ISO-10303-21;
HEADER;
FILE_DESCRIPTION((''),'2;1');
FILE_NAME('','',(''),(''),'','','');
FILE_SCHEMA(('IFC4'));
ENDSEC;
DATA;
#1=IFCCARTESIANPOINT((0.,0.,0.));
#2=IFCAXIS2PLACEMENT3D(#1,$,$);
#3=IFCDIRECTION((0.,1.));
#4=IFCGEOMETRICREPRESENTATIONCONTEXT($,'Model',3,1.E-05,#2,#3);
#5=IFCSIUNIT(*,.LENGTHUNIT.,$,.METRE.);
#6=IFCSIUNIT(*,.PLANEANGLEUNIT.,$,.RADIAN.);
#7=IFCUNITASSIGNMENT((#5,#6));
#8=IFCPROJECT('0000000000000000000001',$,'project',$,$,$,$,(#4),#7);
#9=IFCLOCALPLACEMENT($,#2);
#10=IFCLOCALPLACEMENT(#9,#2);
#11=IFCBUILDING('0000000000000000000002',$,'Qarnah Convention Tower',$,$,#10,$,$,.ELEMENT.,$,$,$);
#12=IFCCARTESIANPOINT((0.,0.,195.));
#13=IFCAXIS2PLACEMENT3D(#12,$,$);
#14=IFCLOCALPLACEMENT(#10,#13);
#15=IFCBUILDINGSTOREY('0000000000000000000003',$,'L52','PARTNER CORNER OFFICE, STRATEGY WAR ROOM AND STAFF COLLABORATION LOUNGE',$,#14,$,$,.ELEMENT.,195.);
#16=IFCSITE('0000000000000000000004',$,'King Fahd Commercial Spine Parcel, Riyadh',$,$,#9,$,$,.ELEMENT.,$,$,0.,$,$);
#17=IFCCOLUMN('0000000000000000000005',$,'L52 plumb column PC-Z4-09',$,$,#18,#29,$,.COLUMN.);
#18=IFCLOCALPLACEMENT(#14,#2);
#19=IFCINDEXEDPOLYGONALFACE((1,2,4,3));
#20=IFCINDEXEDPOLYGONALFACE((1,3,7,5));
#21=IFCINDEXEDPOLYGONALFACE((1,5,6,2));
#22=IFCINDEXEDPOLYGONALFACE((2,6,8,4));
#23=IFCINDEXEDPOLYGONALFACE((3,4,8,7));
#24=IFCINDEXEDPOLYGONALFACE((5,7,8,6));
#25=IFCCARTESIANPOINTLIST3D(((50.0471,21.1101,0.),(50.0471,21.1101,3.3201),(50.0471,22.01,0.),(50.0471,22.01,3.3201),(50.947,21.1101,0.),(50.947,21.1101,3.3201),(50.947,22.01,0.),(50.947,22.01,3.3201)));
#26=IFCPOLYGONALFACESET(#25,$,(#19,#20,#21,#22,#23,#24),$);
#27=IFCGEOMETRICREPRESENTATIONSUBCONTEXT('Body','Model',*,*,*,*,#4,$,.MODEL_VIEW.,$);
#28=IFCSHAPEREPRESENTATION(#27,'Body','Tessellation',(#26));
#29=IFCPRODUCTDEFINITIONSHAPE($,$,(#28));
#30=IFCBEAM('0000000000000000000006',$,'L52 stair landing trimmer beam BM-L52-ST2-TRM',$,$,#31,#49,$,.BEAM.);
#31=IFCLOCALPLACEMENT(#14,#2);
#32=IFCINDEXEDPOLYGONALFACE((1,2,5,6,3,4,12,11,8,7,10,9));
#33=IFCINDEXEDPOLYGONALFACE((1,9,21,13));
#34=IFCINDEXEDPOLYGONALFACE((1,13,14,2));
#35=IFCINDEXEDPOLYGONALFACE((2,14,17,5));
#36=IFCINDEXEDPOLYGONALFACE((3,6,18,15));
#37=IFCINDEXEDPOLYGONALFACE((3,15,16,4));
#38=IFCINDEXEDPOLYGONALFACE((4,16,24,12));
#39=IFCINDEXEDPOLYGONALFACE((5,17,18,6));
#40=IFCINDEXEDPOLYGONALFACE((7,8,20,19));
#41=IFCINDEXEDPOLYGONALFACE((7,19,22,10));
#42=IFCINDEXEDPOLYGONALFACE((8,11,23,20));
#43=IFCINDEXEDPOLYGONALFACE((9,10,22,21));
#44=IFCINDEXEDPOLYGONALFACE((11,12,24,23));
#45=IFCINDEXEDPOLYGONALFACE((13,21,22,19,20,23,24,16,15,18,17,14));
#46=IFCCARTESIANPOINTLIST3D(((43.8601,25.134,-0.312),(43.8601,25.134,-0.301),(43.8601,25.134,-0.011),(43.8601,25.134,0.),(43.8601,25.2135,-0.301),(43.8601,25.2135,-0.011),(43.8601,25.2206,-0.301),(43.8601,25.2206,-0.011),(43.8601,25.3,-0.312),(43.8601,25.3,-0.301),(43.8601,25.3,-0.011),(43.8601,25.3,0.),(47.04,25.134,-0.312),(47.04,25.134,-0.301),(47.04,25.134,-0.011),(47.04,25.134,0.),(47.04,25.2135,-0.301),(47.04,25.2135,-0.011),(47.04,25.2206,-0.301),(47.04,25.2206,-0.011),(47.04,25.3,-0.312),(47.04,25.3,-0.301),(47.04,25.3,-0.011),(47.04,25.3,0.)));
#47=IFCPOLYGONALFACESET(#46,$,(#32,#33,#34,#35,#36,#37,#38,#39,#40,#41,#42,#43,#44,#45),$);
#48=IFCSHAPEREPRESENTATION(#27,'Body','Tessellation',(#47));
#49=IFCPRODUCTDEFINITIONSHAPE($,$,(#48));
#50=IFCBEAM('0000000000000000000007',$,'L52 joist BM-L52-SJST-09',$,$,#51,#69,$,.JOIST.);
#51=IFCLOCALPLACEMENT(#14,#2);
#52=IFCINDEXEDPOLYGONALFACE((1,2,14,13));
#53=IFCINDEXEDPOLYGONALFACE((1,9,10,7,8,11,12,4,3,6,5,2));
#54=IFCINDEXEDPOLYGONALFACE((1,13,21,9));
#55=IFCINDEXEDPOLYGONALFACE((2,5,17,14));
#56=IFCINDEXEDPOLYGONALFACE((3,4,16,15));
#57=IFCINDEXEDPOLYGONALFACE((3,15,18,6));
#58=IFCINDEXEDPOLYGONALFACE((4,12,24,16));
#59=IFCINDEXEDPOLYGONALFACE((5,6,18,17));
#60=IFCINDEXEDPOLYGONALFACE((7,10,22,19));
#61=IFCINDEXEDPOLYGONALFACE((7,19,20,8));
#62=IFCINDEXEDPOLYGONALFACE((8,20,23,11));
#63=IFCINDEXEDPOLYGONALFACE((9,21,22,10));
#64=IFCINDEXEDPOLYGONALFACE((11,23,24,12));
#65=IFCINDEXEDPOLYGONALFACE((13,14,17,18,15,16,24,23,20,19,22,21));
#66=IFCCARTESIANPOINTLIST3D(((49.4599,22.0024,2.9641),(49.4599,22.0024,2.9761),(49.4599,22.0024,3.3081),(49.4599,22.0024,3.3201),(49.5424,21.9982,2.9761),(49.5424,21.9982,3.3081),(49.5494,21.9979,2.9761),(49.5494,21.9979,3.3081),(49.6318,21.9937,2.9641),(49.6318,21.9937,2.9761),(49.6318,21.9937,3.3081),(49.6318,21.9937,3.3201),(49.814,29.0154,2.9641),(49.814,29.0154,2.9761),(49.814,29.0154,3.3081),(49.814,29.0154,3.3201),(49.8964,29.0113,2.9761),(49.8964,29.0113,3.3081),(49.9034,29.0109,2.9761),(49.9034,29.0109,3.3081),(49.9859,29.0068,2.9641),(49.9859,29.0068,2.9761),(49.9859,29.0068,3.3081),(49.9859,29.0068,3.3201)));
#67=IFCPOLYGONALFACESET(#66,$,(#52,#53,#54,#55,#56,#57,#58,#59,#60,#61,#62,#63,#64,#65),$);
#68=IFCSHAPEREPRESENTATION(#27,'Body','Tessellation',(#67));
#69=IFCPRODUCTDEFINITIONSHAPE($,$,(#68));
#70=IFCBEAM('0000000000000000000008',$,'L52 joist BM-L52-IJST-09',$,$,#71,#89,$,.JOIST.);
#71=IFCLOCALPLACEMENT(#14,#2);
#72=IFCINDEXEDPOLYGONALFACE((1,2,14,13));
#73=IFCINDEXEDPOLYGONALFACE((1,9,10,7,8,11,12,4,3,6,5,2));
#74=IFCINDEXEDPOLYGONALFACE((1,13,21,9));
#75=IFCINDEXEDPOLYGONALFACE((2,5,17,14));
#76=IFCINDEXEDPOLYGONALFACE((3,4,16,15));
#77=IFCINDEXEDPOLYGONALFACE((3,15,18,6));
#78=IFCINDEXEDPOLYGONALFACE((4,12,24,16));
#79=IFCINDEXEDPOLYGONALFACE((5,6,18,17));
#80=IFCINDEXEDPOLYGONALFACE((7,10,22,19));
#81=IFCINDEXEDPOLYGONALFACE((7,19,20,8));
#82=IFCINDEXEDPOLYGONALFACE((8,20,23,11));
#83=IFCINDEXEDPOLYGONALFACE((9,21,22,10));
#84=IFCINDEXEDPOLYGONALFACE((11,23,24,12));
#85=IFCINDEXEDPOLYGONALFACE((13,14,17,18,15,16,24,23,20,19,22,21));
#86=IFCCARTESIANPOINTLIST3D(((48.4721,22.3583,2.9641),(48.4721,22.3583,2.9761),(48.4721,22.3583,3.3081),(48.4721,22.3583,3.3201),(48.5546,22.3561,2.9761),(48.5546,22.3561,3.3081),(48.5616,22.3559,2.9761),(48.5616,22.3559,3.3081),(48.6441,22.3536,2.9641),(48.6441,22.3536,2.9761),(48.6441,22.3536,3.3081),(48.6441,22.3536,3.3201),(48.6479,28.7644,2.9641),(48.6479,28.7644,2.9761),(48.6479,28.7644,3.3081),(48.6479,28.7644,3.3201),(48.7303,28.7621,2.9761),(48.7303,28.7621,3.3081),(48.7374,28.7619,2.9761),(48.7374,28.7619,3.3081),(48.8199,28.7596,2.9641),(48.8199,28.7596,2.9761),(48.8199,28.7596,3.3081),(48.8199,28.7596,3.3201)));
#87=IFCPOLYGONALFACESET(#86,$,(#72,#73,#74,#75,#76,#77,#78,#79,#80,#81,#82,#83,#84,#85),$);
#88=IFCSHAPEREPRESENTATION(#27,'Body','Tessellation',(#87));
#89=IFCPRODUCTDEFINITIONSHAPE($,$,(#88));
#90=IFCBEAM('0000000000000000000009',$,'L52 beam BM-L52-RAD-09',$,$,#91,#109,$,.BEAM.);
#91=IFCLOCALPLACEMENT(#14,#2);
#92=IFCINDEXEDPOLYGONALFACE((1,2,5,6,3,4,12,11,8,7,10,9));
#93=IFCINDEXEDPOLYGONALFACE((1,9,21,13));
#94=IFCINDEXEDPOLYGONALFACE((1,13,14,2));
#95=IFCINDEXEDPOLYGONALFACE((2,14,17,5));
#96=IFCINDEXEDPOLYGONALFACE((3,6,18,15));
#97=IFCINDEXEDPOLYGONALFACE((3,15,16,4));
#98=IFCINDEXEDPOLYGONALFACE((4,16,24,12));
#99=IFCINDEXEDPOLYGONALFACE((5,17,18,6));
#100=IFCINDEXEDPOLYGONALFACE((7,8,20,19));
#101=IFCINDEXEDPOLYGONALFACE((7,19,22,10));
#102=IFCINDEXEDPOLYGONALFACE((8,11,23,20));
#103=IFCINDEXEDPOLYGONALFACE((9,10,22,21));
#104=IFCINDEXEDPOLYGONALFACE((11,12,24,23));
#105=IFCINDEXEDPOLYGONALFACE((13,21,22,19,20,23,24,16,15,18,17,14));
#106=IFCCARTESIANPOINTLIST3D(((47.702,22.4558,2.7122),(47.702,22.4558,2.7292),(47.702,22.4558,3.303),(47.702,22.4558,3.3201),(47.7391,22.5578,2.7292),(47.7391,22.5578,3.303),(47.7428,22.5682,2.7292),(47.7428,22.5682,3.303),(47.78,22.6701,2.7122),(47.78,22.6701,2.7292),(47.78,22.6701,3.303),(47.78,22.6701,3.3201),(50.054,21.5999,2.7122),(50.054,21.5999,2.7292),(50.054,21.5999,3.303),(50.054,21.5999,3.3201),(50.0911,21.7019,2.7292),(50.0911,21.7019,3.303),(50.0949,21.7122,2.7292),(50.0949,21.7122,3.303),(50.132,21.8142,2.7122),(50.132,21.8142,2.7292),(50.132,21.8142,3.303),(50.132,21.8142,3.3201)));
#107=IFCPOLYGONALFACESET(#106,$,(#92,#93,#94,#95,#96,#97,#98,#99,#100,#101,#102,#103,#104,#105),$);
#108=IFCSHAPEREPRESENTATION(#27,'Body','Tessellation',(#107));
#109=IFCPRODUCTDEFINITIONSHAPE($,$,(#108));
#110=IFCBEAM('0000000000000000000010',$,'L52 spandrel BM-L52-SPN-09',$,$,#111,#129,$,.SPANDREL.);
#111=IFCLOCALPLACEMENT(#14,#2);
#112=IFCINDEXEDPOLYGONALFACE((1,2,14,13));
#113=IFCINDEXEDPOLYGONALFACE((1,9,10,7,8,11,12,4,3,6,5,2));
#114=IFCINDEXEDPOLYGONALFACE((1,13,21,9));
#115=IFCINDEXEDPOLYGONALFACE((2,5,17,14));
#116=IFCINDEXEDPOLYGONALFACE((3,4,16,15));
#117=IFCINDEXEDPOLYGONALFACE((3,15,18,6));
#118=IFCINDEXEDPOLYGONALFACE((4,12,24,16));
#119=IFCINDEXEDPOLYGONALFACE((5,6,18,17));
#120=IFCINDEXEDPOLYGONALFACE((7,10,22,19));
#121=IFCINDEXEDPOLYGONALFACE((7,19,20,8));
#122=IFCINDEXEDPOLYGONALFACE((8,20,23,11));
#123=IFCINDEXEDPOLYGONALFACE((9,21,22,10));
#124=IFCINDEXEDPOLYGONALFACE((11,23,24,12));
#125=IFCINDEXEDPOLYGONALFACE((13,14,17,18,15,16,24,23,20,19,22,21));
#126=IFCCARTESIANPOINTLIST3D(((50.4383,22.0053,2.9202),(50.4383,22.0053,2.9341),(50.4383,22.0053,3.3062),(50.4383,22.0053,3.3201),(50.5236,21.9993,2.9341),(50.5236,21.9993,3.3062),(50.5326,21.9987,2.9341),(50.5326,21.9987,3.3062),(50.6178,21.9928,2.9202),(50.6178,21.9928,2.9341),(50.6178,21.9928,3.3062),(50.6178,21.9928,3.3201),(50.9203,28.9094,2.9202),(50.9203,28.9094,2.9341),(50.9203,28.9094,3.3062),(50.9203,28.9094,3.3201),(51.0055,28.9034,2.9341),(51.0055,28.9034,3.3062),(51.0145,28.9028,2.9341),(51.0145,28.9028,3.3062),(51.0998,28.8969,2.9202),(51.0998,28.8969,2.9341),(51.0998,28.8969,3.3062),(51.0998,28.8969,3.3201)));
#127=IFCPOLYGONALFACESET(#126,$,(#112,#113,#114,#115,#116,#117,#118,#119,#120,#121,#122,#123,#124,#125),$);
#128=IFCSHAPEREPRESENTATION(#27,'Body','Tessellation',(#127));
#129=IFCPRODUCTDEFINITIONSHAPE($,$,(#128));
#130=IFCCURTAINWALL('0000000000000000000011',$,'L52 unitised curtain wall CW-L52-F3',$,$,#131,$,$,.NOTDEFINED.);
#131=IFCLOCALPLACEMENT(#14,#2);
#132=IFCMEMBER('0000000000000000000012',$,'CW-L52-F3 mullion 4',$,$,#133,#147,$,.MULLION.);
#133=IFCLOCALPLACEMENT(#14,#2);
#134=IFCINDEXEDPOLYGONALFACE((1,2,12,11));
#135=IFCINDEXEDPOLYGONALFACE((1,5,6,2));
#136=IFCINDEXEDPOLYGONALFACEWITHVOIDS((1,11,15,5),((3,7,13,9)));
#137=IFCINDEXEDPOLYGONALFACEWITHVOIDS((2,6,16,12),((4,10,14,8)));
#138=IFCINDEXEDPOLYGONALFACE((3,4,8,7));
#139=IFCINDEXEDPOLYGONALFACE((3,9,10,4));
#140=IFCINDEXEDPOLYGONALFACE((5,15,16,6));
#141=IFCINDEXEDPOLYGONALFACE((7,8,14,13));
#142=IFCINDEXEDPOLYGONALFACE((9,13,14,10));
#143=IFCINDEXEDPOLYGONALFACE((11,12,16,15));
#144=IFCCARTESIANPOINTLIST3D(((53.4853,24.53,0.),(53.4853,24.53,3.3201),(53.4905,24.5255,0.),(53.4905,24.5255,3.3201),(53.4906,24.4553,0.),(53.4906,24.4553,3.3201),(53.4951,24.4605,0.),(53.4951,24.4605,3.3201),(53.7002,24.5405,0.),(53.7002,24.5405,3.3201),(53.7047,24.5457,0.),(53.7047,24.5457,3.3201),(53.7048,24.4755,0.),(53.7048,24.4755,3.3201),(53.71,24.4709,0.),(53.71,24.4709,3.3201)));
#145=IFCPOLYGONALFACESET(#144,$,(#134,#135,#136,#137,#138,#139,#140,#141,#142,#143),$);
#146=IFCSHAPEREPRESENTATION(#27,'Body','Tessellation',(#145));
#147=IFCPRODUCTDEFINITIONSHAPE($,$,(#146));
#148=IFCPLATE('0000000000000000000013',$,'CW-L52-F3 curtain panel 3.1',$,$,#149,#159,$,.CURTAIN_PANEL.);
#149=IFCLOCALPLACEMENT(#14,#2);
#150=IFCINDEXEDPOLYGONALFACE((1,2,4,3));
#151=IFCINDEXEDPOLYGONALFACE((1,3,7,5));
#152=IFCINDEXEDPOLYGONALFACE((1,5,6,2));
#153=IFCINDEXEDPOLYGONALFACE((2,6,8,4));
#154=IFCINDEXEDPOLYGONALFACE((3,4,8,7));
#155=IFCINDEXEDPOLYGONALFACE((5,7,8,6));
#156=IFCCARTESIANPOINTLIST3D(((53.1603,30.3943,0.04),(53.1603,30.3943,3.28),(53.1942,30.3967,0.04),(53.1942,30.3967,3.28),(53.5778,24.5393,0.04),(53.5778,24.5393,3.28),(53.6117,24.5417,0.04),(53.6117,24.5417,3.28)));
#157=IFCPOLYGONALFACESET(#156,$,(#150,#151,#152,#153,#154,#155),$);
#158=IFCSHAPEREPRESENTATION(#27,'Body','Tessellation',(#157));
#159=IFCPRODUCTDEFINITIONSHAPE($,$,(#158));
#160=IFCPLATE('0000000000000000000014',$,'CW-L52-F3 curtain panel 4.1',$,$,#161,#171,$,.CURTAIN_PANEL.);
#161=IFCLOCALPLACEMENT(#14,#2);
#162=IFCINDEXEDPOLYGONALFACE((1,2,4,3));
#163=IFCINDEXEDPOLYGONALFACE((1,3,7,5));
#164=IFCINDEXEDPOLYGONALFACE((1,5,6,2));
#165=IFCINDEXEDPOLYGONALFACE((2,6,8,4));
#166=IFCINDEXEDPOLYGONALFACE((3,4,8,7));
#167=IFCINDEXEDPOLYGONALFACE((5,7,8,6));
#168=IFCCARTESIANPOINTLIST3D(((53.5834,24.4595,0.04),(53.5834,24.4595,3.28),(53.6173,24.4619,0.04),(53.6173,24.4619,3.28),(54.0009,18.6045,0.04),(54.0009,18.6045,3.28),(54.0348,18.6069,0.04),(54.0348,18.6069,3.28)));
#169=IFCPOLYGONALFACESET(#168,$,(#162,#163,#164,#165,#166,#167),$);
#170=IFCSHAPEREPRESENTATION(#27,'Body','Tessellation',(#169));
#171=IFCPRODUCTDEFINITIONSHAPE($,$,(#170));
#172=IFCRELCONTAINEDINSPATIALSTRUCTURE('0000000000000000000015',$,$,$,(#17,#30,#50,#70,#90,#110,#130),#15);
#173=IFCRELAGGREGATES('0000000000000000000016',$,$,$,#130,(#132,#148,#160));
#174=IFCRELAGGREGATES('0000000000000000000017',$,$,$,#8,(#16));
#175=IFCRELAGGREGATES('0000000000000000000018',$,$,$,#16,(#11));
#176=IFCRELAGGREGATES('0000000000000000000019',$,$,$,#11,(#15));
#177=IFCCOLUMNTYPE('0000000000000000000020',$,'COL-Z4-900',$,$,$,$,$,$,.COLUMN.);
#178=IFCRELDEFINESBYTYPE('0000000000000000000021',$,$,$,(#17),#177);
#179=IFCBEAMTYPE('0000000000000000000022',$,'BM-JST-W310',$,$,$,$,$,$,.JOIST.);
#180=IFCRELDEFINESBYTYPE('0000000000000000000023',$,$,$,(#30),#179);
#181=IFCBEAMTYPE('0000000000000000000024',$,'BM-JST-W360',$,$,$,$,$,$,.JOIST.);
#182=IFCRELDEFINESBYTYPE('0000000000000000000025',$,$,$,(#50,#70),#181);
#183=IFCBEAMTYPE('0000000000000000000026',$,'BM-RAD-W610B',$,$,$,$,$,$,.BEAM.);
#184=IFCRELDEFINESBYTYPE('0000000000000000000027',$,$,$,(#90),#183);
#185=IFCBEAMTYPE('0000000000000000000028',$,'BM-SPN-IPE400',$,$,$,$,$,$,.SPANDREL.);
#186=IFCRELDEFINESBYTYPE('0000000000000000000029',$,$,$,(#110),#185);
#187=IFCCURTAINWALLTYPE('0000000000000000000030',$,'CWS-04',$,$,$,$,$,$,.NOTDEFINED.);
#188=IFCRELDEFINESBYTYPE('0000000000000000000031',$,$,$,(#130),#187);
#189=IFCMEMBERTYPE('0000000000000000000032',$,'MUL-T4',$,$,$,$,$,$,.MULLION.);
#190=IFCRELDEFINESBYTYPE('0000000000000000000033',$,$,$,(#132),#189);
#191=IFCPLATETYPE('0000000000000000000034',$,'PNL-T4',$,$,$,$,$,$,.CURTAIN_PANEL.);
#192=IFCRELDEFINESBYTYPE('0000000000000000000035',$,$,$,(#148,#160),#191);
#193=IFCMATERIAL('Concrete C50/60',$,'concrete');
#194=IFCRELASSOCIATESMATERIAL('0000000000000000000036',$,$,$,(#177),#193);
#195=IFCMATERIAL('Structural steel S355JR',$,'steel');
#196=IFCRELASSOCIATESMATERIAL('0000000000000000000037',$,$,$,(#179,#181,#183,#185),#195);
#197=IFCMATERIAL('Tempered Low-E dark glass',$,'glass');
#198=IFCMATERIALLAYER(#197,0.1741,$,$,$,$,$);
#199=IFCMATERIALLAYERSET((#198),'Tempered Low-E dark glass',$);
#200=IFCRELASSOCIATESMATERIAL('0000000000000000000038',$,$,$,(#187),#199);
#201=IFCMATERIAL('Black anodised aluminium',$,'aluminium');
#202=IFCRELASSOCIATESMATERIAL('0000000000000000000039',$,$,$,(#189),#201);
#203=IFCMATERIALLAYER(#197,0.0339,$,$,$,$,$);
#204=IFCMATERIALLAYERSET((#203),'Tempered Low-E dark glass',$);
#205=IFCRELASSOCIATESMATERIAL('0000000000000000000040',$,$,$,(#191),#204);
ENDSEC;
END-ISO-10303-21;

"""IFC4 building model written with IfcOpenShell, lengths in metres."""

from ifc_helpers import new_model, si_unit, direction, frame, origin, origin_2d, place, context, subcontext, project, spatial, rectangle, hollow_rectangle, i_section, extrude, material, layer, layer_set, material_profile, profile_set, type_object, element, aggregate, save


model = new_model("IFC4")

# Units and contexts
model_context = context("Model", 3, precision=1e-05, world=origin(), true_north=direction((0.0, 1.0)))
body_context = subcontext(model_context, "Body", "Model", "MODEL_VIEW")
ifc_project = project(units=[si_unit("LENGTHUNIT", "METRE"), si_unit("PLANEANGLEUNIT", "RADIAN")], contexts=[model_context])

# Site, building, storey
site_placement = place(None, origin())
site = spatial("IfcSite", under=ifc_project, at=site_placement, Name="King Fahd Commercial Spine Parcel, Riyadh", CompositionType="ELEMENT", RefElevation=0.0)
building_placement = place(site_placement, origin())
building = spatial("IfcBuilding", under=site, at=building_placement, Name="Qarnah Convention Tower", CompositionType="ELEMENT")
storey_placement = place(building_placement, frame((0.0, 0.0, 195.0)))
storey = spatial("IfcBuildingStorey", under=building, at=storey_placement, Name="L52", Description="PARTNER CORNER OFFICE, STRATEGY WAR ROOM AND STAFF COLLABORATION LOUNGE", CompositionType="ELEMENT", Elevation=195.0)

# Column
ifc_material_1 = material(Name="Concrete C50/60", Category="concrete")
ifc_material_profile_1 = material_profile(ifc_material_1, rectangle(XDim=0.8999, YDim=0.8999, at=origin_2d()), Name="RC-COL-900X900")
ifc_profile_set_1 = profile_set([ifc_material_profile_1], Name="Concrete C50/60")
column_type = type_object("IfcColumnType", Name="COL-Z4-900", PredefinedType="COLUMN", material=ifc_profile_set_1)
column_placement = place(storey_placement, frame((50.4971, 21.5601, 0.0), z_axis=(0.0, 0.0, 1.0), x_axis=(1.0, 0.0, 0.0)))
element("IfcColumn", 1, at=column_placement, inside=storey, type_object=column_type, Name="L52 plumb column PC-Z4-09", PredefinedType="COLUMN", context=body_context, shape_type="SweptSolid", body=[
    extrude(rectangle(XDim=0.8999, YDim=0.8999, at=origin_2d()), origin(), (0.0, 0.0, 1.0), 3.3201),
])

# Beams
ifc_material_2 = material(Name="Structural steel S355JR", Category="steel")
ifc_material_profile_2 = material_profile(ifc_material_2, i_section(OverallWidth=0.166, OverallDepth=0.312, WebThickness=0.0071, FlangeThickness=0.011, at=origin_2d()), Name="W310X45")
ifc_profile_set_2 = profile_set([ifc_material_profile_2], Name="Structural steel S355JR")
beam_type_1 = type_object("IfcBeamType", Name="BM-JST-W310", PredefinedType="JOIST", material=ifc_profile_set_2)
beam_1_placement = place(storey_placement, frame((43.8601, 25.217, -0.156), z_axis=(1.0, 0.0, 0.0), x_axis=(0.0, 1.0, 0.0)))
element("IfcBeam", 2, at=beam_1_placement, inside=storey, type_object=beam_type_1, Name="L52 stair landing trimmer beam BM-L52-ST2-TRM", PredefinedType="BEAM", context=body_context, shape_type="SweptSolid", body=[
    extrude(i_section(OverallWidth=0.166, OverallDepth=0.312, WebThickness=0.0071, FlangeThickness=0.011, at=origin_2d()), origin(), (0.0, 0.0, 1.0), 3.1799),
])
ifc_material_profile_3 = material_profile(ifc_material_2, i_section(OverallWidth=0.1721, OverallDepth=0.356, WebThickness=0.0071, FlangeThickness=0.012, at=origin_2d()), Name="W360X51")
ifc_profile_set_3 = profile_set([ifc_material_profile_3], Name="Structural steel S355JR")
beam_type_2 = type_object("IfcBeamType", Name="BM-JST-W360", PredefinedType="JOIST", material=ifc_profile_set_3)
beam_2_placement = place(storey_placement, frame((49.5459, 21.998, 3.1421), z_axis=(0.050414, 0.998728, 0.0), x_axis=(-0.998728, 0.050414, 0.0)))
element("IfcBeam", 3, at=beam_2_placement, inside=storey, type_object=beam_type_2, Name="L52 joist BM-L52-SJST-09", PredefinedType="JOIST", context=body_context, shape_type="SweptSolid", body=[
    extrude(i_section(OverallWidth=0.1721, OverallDepth=0.356, WebThickness=0.0071, FlangeThickness=0.012, at=origin_2d()), origin(), (0.0, 0.0, 1.0), 7.022),
])
beam_3_placement = place(storey_placement, frame((48.5581, 22.356, 3.1421), z_axis=(0.02743, 0.999624, 0.0), x_axis=(-0.999624, 0.02743, 0.0)))
element("IfcBeam", 4, at=beam_3_placement, inside=storey, type_object=beam_type_2, Name="L52 joist BM-L52-IJST-09", PredefinedType="JOIST", context=body_context, shape_type="SweptSolid", body=[
    extrude(i_section(OverallWidth=0.1721, OverallDepth=0.356, WebThickness=0.0071, FlangeThickness=0.012, at=origin_2d()), origin(), (0.0, 0.0, 1.0), 6.4084),
])
ifc_material_profile_4 = material_profile(ifc_material_2, i_section(OverallWidth=0.228, OverallDepth=0.6079, WebThickness=0.011, FlangeThickness=0.0171, at=origin_2d()), Name="W610X113")
ifc_profile_set_4 = profile_set([ifc_material_profile_4], Name="Structural steel S355JR")
beam_type_3 = type_object("IfcBeamType", Name="BM-RAD-W610B", PredefinedType="BEAM", material=ifc_profile_set_4)
beam_4_placement = place(storey_placement, frame((47.741, 22.563, 3.0161), z_axis=(0.939708, -0.341978, 0.0), x_axis=(0.341978, 0.939708, 0.0)))
element("IfcBeam", 5, at=beam_4_placement, inside=storey, type_object=beam_type_3, Name="L52 beam BM-L52-RAD-09", PredefinedType="BEAM", context=body_context, shape_type="SweptSolid", body=[
    extrude(i_section(OverallWidth=0.228, OverallDepth=0.6079, WebThickness=0.011, FlangeThickness=0.0171, at=origin_2d()), origin(), (0.0, 0.0, 1.0), 2.5029),
])
ifc_material_profile_5 = material_profile(ifc_material_2, i_section(OverallWidth=0.1799, OverallDepth=0.3999, WebThickness=0.009, FlangeThickness=0.0139, at=origin_2d()), Name="IPE400")
ifc_profile_set_5 = profile_set([ifc_material_profile_5], Name="Structural steel S355JR")
beam_type_4 = type_object("IfcBeamType", Name="BM-SPN-IPE400", PredefinedType="SPANDREL", material=ifc_profile_set_5)
beam_5_placement = place(storey_placement, frame((50.5281, 21.999, 3.1201), z_axis=(0.069635, 0.997573, 0.0), x_axis=(-0.997573, 0.069635, 0.0)))
element("IfcBeam", 6, at=beam_5_placement, inside=storey, type_object=beam_type_4, Name="L52 spandrel BM-L52-SPN-09", PredefinedType="SPANDREL", context=body_context, shape_type="SweptSolid", body=[
    extrude(i_section(OverallWidth=0.1799, OverallDepth=0.3999, WebThickness=0.009, FlangeThickness=0.0139, at=origin_2d()), origin(), (0.0, 0.0, 1.0), 6.9209),
])

# Curtain wall, member, plates
ifc_material_3 = material(Name="Tempered Low-E dark glass", Category="glass")
ifc_layer_1 = layer(ifc_material_3, 0.1741)
ifc_layer_set_1 = layer_set([ifc_layer_1], Name="Tempered Low-E dark glass")
curtain_wall_type = type_object("IfcCurtainWallType", Name="CWS-04", PredefinedType="NOTDEFINED", material=ifc_layer_set_1)
curtain_wall_placement = place(storey_placement, origin())
curtain_wall = element("IfcCurtainWall", 7, at=curtain_wall_placement, inside=storey, type_object=curtain_wall_type, Name="L52 unitised curtain wall CW-L52-F3", PredefinedType="NOTDEFINED")
ifc_material_4 = material(Name="Black anodised aluminium", Category="aluminium")
ifc_material_profile_6 = material_profile(ifc_material_4, hollow_rectangle(XDim=0.075, YDim=0.22, WallThickness=0.0049, at=origin_2d()), Name="MUL-75X220")
ifc_profile_set_6 = profile_set([ifc_material_profile_6], Name="Black anodised aluminium")
member_type = type_object("IfcMemberType", Name="MUL-T4", PredefinedType="MULLION", material=ifc_profile_set_6)
member_placement = place(storey_placement, frame((53.5977, 24.5005, 0.0), z_axis=(0.0, 0.0, 1.0), x_axis=(0.071128, -0.997467, 0.0)))
member = element("IfcMember", 8, at=member_placement, type_object=member_type, Name="CW-L52-F3 mullion 4", PredefinedType="MULLION", context=body_context, shape_type="SweptSolid", body=[
    extrude(hollow_rectangle(XDim=0.075, YDim=0.22, WallThickness=0.0049, at=origin_2d()), origin(), (0.0, 0.0, 1.0), 3.3201),
])
ifc_layer_2 = layer(ifc_material_3, 0.0339)
ifc_layer_set_2 = layer_set([ifc_layer_2], Name="Tempered Low-E dark glass")
plate_type = type_object("IfcPlateType", Name="PNL-T4", PredefinedType="CURTAIN_PANEL", material=ifc_layer_set_2)
plate_1_placement = place(storey_placement, frame((53.386, 27.468, 0.04), z_axis=(0.0, 0.0, 1.0), x_axis=(0.071128, -0.997467, 0.0)))
plate_1 = element("IfcPlate", 9, at=plate_1_placement, type_object=plate_type, Name="CW-L52-F3 curtain panel 3.1", PredefinedType="CURTAIN_PANEL", context=body_context, shape_type="SweptSolid", body=[
    extrude(rectangle(XDim=5.8699, YDim=0.0339, at=origin_2d()), origin(), (0.0, 0.0, 1.0), 3.24),
])
plate_2_placement = place(storey_placement, frame((53.8091, 21.5332, 0.04), z_axis=(0.0, 0.0, 1.0), x_axis=(0.071128, -0.997467, 0.0)))
plate_2 = element("IfcPlate", 10, at=plate_2_placement, type_object=plate_type, Name="CW-L52-F3 curtain panel 4.1", PredefinedType="CURTAIN_PANEL", context=body_context, shape_type="SweptSolid", body=[
    extrude(rectangle(XDim=5.8699, YDim=0.0339, at=origin_2d()), origin(), (0.0, 0.0, 1.0), 3.24),
])
aggregate(curtain_wall, [member, plate_1, plate_2])

save(model, "model.ifc")
